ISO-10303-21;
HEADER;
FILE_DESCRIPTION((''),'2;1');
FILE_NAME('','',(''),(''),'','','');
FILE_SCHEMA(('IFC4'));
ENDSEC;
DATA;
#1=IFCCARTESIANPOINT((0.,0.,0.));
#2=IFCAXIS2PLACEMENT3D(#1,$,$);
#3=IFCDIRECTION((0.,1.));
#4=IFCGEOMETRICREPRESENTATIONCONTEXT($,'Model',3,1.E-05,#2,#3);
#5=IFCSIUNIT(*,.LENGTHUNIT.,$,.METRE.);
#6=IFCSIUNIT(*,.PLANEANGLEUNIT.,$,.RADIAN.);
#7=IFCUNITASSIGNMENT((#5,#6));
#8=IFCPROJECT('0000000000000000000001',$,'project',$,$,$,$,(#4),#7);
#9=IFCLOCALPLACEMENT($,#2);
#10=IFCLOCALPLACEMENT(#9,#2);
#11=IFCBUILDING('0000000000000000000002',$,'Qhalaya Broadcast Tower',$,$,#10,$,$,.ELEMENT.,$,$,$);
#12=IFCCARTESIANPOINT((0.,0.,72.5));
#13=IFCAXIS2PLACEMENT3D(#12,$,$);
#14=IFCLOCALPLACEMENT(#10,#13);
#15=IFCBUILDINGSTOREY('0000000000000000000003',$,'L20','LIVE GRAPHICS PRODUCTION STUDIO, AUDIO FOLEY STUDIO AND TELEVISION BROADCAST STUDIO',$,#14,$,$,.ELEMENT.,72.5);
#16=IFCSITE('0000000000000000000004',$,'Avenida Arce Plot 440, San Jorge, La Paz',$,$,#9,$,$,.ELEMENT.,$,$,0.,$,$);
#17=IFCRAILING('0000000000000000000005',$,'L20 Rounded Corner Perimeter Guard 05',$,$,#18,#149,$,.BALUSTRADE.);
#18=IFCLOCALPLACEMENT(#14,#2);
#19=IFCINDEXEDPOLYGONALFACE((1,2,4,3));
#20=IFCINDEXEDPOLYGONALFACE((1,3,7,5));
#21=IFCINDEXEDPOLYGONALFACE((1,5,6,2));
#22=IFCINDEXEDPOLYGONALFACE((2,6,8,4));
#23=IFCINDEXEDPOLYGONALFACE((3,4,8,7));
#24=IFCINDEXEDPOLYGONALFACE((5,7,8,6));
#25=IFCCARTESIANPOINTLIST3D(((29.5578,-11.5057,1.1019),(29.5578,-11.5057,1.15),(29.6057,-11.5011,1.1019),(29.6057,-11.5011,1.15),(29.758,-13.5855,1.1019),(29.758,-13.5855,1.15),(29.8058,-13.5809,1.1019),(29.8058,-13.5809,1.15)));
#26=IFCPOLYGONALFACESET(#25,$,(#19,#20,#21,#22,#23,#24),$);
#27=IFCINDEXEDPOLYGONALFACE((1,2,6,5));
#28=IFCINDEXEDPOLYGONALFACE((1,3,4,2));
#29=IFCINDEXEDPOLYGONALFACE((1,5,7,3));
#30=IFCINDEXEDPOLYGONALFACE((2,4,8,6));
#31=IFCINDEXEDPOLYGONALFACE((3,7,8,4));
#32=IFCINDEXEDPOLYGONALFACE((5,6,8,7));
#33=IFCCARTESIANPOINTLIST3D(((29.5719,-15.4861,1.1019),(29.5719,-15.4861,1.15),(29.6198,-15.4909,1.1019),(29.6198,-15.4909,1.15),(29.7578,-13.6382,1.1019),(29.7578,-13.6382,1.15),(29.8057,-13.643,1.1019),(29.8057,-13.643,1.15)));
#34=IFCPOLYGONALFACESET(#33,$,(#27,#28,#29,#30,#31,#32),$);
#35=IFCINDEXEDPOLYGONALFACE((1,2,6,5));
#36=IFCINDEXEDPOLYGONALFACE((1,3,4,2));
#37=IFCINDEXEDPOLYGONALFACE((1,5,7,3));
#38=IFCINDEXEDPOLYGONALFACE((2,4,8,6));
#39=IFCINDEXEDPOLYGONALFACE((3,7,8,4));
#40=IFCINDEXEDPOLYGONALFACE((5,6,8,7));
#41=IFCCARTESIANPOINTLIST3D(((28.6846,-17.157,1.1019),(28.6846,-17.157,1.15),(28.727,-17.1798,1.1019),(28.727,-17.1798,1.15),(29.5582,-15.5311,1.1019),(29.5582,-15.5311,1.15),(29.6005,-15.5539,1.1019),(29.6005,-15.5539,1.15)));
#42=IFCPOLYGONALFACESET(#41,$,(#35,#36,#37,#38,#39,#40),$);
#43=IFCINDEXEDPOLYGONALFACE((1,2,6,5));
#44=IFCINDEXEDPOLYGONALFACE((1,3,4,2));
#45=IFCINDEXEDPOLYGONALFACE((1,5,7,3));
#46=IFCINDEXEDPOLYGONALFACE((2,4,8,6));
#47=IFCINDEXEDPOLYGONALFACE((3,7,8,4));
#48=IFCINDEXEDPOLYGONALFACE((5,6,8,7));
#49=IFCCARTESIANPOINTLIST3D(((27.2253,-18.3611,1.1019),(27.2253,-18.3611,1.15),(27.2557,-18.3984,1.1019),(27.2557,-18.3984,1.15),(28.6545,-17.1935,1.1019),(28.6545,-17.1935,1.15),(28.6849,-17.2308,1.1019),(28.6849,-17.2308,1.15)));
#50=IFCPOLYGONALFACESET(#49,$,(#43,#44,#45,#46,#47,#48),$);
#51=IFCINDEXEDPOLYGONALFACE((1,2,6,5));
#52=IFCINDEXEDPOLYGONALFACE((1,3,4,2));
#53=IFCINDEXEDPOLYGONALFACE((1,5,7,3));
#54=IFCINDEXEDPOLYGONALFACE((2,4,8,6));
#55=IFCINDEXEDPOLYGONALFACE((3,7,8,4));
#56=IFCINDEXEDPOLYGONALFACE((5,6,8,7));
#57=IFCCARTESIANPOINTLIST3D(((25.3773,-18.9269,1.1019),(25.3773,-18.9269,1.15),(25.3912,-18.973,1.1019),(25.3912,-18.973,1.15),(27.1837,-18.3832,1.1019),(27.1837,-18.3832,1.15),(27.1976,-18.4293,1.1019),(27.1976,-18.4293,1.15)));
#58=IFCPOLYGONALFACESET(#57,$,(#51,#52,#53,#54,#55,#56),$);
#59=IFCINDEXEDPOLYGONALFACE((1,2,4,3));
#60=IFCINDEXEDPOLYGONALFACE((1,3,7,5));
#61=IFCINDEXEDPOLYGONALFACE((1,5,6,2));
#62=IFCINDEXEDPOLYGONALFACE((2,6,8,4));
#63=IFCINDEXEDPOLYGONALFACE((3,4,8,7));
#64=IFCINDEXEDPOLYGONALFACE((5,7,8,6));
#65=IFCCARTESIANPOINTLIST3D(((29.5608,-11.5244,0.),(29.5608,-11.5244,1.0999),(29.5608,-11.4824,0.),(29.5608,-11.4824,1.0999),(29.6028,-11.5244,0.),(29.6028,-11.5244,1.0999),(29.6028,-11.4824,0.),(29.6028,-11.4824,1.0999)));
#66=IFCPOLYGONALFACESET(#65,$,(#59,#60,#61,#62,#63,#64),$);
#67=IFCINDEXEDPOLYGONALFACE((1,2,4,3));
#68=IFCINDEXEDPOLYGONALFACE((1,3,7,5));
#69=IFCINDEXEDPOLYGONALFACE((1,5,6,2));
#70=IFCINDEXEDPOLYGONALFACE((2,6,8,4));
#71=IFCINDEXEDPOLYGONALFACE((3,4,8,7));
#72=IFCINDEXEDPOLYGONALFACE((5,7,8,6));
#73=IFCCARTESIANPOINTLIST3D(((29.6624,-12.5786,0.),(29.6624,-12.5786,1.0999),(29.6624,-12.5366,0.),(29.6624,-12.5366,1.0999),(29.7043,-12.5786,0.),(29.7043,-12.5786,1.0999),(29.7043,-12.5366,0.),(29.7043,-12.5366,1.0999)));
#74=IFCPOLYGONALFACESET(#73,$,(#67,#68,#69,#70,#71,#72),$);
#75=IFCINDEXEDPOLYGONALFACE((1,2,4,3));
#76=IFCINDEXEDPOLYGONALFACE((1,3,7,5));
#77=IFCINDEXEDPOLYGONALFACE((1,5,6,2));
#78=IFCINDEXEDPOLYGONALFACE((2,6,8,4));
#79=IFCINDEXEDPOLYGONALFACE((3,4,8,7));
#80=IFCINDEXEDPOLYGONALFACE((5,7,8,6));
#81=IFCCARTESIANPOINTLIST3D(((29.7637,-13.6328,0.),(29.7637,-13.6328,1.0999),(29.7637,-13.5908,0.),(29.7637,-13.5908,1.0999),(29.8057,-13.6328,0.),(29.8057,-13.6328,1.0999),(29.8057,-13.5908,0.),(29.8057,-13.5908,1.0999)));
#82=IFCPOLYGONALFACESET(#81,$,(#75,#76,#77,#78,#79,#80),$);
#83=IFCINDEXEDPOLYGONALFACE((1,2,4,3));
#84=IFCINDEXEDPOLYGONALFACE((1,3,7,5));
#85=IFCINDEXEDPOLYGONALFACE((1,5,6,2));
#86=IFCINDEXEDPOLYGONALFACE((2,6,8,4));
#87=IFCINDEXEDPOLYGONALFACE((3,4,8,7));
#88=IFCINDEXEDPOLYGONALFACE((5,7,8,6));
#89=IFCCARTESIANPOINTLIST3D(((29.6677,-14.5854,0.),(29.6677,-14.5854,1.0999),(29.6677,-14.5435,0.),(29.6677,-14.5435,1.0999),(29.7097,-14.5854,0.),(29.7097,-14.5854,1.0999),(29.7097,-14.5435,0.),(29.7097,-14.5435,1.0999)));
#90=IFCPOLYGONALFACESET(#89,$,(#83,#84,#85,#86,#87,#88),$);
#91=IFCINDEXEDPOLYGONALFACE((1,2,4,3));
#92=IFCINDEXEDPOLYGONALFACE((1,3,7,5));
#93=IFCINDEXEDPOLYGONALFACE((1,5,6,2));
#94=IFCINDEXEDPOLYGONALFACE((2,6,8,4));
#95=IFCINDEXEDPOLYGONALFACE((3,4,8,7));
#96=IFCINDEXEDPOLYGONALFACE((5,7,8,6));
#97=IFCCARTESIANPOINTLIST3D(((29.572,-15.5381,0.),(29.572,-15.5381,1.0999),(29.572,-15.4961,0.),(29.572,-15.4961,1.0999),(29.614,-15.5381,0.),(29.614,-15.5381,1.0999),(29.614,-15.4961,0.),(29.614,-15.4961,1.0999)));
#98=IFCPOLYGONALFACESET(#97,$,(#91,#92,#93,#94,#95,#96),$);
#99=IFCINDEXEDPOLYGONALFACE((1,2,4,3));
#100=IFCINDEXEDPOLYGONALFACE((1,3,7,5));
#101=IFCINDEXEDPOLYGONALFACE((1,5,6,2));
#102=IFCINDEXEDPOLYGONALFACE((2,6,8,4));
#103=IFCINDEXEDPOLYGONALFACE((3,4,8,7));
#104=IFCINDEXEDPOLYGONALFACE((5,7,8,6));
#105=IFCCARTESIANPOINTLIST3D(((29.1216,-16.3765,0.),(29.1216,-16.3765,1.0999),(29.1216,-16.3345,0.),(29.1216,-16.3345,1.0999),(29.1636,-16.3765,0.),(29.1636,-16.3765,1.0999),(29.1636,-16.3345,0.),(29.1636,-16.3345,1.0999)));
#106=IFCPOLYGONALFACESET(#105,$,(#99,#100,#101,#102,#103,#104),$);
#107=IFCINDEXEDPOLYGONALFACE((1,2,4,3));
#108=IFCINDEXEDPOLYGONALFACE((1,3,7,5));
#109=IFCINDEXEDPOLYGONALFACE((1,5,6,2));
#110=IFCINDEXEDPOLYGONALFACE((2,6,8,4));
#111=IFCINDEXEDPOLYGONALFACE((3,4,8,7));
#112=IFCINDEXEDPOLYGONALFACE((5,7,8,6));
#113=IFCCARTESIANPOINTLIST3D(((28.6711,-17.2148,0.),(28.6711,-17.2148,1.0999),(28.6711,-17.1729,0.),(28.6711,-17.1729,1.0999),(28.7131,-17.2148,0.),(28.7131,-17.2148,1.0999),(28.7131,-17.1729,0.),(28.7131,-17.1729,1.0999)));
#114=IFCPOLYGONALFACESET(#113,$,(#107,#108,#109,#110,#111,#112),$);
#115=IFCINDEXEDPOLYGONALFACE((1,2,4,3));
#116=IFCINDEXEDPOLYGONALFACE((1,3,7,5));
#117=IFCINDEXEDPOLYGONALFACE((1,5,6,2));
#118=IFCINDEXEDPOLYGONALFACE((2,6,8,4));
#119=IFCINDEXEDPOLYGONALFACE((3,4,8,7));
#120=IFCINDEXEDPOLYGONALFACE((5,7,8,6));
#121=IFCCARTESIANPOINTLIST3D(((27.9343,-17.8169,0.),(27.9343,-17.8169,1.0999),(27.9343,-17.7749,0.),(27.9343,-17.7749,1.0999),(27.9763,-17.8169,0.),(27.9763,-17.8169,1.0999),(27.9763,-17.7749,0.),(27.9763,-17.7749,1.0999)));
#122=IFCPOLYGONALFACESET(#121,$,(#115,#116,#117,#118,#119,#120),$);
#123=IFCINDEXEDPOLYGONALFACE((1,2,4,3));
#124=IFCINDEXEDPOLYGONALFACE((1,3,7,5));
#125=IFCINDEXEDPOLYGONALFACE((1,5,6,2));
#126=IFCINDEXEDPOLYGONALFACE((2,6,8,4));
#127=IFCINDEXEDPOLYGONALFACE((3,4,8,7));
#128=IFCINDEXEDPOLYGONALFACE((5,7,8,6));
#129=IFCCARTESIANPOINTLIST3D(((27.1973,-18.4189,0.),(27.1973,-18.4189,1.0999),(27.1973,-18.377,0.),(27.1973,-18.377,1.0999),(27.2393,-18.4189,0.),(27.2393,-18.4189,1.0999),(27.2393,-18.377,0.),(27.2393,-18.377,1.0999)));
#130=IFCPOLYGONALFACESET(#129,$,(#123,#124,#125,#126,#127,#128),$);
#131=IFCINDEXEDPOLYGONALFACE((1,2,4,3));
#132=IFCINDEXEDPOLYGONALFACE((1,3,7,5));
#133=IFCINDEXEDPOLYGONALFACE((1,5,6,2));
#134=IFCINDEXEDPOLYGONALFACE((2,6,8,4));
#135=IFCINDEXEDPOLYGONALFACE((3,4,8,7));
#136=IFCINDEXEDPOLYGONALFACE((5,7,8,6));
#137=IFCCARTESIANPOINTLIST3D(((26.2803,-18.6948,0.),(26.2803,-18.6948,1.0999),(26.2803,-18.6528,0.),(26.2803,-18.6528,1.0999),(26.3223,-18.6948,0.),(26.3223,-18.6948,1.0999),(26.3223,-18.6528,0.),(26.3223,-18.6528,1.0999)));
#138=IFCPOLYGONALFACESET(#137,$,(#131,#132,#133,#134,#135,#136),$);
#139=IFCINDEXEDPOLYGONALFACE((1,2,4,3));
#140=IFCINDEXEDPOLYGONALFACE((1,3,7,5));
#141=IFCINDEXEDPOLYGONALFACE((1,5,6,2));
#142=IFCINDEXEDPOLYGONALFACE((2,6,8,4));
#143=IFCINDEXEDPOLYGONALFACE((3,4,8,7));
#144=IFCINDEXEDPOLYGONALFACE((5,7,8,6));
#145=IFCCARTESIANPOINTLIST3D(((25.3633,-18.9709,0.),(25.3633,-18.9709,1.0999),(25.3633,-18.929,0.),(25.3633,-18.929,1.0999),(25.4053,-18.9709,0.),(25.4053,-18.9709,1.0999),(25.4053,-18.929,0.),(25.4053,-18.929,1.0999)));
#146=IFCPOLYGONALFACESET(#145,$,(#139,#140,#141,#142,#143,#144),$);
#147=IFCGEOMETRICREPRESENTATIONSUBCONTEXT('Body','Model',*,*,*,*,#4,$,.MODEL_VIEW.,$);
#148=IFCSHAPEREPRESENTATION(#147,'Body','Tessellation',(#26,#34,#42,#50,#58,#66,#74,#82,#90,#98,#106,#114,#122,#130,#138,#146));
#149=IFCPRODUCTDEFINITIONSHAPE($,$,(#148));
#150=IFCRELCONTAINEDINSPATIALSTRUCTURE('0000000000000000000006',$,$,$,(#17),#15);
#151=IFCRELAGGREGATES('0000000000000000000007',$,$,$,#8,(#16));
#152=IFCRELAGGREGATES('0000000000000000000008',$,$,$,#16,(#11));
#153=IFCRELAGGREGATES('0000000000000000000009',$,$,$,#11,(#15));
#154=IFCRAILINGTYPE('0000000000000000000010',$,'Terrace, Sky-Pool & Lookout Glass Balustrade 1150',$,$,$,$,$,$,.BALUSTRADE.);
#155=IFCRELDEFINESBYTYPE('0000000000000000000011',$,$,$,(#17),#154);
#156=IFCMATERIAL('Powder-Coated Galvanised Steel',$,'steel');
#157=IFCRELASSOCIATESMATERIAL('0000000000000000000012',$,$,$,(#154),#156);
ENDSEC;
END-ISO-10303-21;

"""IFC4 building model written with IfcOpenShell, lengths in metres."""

from ifc_helpers import new_model, si_unit, direction, frame, origin, origin_2d, place, context, subcontext, project, spatial, rectangle, extrude, material, type_object, element, save


model = new_model("IFC4")

# Units and contexts
model_context = context("Model", 3, precision=1e-05, world=origin(), true_north=direction((0.0, 1.0)))
body_context = subcontext(model_context, "Body", "Model", "MODEL_VIEW")
ifc_project = project(units=[si_unit("LENGTHUNIT", "METRE"), si_unit("PLANEANGLEUNIT", "RADIAN")], contexts=[model_context])

# Site, building, storey
site_placement = place(None, origin())
site = spatial("IfcSite", under=ifc_project, at=site_placement, Name="Avenida Arce Plot 440, San Jorge, La Paz", CompositionType="ELEMENT", RefElevation=0.0)
building_placement = place(site_placement, origin())
building = spatial("IfcBuilding", under=site, at=building_placement, Name="Qhalaya Broadcast Tower", CompositionType="ELEMENT")
storey_placement = place(building_placement, frame((0.0, 0.0, 72.5)))
storey = spatial("IfcBuildingStorey", under=building, at=storey_placement, Name="L20", Description="LIVE GRAPHICS PRODUCTION STUDIO, AUDIO FOLEY STUDIO AND TELEVISION BROADCAST STUDIO", CompositionType="ELEMENT", Elevation=72.5)

# Railing
ifc_material_1 = material(Name="Powder-Coated Galvanised Steel", Category="steel")
railing_type = type_object("IfcRailingType", Name="Terrace, Sky-Pool & Lookout Glass Balustrade 1150", PredefinedType="BALUSTRADE", material=ifc_material_1)
railing_1_placement = place(storey_placement, frame((29.5818, -11.5034, 0.0)))
element("IfcRailing", 1, at=railing_1_placement, inside=storey, type_object=railing_type, Name="L20 Rounded Corner Perimeter Guard 05", PredefinedType="BALUSTRADE", context=body_context, shape_type="SweptSolid", body=[
    extrude(rectangle(XDim=0.0481, YDim=0.0481, at=origin_2d()), frame((0.0, 0.0, 1.126), z_axis=(0.095783, -0.995402, 0.0), x_axis=(0.995402, 0.095783, 0.0)), (0.0, 0.0, 1.0), 2.0894),
    extrude(rectangle(XDim=0.0481, YDim=0.0481, at=origin_2d()), frame((0.2, -2.1372, 1.126), z_axis=(-0.100084, -0.994979, 0.0), x_axis=(0.994979, -0.100084, 0.0)), (0.0, 0.0, 1.0), 1.8572),
    extrude(rectangle(XDim=0.0481, YDim=0.0481, at=origin_2d()), frame((-0.0024, -4.0391, 1.126), z_axis=(-0.473289, -0.880907, 0.0), x_axis=(0.880907, -0.473289, 0.0)), (0.0, 0.0, 1.0), 1.8457),
    extrude(rectangle(XDim=0.0481, YDim=0.0481, at=origin_2d()), frame((-0.9121, -5.7087, 1.126), z_axis=(-0.77442, -0.632672, 0.0), x_axis=(0.632672, -0.77442, 0.0)), (0.0, 0.0, 1.0), 1.8455),
    extrude(rectangle(XDim=0.0481, YDim=0.0481, at=origin_2d()), frame((-2.3911, -6.9028, 1.126), z_axis=(-0.957566, -0.288213, 0.0), x_axis=(0.288213, -0.957566, 0.0)), (0.0, 0.0, 1.0), 1.8865),
    extrude(rectangle(XDim=0.042, YDim=0.042, at=origin_2d()), origin(), (0.0, 0.0, 1.0), 1.0999),
    extrude(rectangle(XDim=0.042, YDim=0.042, at=origin_2d()), frame((0.1016, -1.0542, 0.0)), (0.0, 0.0, 1.0), 1.0999),
    extrude(rectangle(XDim=0.042, YDim=0.042, at=origin_2d()), frame((0.2029, -2.1084, 0.0)), (0.0, 0.0, 1.0), 1.0999),
    extrude(rectangle(XDim=0.042, YDim=0.042, at=origin_2d()), frame((0.1069, -3.061, 0.0)), (0.0, 0.0, 1.0), 1.0999),
    extrude(rectangle(XDim=0.042, YDim=0.042, at=origin_2d()), frame((0.0112, -4.0137, 0.0)), (0.0, 0.0, 1.0), 1.0999),
    extrude(rectangle(XDim=0.042, YDim=0.042, at=origin_2d()), frame((-0.4392, -4.8521, 0.0)), (0.0, 0.0, 1.0), 1.0999),
    extrude(rectangle(XDim=0.042, YDim=0.042, at=origin_2d()), frame((-0.8896, -5.6904, 0.0)), (0.0, 0.0, 1.0), 1.0999),
    extrude(rectangle(XDim=0.042, YDim=0.042, at=origin_2d()), frame((-1.6265, -6.2925, 0.0)), (0.0, 0.0, 1.0), 1.0999),
    extrude(rectangle(XDim=0.042, YDim=0.042, at=origin_2d()), frame((-2.3635, -6.8945, 0.0)), (0.0, 0.0, 1.0), 1.0999),
    extrude(rectangle(XDim=0.042, YDim=0.042, at=origin_2d()), frame((-3.2805, -7.1704, 0.0)), (0.0, 0.0, 1.0), 1.0999),
    extrude(rectangle(XDim=0.042, YDim=0.042, at=origin_2d()), frame((-4.1975, -7.4465, 0.0)), (0.0, 0.0, 1.0), 1.0999),
])

save(model, "model.ifc")
